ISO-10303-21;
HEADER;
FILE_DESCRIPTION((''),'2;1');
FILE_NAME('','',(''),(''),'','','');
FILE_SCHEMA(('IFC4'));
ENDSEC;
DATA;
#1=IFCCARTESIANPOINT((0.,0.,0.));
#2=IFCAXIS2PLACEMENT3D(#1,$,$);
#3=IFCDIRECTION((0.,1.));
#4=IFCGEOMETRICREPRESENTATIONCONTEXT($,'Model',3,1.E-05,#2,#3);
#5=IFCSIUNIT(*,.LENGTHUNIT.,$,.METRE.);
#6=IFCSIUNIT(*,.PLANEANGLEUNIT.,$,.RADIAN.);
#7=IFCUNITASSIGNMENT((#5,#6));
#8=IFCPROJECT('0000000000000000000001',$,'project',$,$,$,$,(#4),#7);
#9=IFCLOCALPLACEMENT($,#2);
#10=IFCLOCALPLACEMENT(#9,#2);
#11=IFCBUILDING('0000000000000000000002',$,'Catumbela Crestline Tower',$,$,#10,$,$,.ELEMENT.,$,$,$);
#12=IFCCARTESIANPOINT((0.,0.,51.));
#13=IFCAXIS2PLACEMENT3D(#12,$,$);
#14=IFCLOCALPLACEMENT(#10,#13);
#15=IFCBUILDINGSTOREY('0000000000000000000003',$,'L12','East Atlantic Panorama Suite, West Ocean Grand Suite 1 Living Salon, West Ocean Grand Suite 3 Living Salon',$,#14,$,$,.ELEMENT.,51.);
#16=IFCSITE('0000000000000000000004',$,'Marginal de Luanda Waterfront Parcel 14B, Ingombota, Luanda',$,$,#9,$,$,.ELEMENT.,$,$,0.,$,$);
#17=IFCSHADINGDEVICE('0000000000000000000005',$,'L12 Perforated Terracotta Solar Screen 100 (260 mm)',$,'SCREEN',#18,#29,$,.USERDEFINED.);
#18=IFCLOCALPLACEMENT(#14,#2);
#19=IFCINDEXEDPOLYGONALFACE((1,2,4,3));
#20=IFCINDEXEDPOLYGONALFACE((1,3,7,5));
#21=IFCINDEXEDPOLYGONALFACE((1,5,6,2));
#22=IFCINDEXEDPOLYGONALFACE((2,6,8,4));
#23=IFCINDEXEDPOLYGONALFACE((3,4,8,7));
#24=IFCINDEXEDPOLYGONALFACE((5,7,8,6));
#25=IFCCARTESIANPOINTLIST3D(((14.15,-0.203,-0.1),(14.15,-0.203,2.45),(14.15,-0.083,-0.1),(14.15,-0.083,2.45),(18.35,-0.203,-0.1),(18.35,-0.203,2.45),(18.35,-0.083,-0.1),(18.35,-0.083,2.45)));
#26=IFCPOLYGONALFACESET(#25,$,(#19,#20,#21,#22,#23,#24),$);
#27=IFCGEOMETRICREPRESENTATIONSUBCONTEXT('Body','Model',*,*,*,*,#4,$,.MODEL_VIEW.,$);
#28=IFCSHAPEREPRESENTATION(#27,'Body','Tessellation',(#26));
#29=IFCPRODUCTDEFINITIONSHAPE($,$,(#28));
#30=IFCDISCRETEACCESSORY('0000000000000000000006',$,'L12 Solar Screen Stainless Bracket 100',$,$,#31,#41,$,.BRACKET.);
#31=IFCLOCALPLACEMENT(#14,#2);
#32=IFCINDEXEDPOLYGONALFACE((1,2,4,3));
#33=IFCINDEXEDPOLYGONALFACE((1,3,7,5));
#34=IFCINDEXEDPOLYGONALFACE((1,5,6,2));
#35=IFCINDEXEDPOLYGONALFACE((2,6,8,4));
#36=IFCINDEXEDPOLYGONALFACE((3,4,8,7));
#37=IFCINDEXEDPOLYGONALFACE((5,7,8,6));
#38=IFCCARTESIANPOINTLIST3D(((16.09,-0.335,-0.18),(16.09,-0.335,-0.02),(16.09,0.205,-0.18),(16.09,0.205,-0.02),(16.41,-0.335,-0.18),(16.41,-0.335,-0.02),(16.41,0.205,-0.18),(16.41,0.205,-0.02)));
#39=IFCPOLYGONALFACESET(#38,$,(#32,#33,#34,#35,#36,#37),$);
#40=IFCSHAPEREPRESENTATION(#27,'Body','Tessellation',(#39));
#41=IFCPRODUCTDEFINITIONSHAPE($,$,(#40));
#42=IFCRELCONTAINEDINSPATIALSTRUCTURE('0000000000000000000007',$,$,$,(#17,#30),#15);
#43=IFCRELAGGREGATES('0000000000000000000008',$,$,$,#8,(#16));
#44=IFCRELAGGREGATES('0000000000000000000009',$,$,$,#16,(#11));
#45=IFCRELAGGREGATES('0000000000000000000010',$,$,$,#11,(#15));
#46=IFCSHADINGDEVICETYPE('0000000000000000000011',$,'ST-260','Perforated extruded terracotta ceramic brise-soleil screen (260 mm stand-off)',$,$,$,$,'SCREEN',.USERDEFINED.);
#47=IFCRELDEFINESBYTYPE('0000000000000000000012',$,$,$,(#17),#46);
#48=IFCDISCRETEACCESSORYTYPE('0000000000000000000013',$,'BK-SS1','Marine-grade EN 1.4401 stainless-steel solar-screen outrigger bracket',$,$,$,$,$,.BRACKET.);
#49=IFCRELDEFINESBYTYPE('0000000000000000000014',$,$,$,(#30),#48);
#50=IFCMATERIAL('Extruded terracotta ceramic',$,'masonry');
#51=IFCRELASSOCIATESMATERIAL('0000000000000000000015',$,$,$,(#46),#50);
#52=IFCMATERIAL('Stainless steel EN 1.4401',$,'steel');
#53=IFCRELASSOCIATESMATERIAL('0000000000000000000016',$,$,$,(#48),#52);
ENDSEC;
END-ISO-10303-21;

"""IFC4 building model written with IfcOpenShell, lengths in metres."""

from ifc_helpers import new_model, si_unit, direction, frame, origin, origin_2d, place, context, subcontext, project, spatial, rectangle, extrude, material, type_object, element, save


model = new_model("IFC4")

# Units and contexts
model_context = context("Model", 3, precision=1e-05, world=origin(), true_north=direction((0.0, 1.0)))
body_context = subcontext(model_context, "Body", "Model", "MODEL_VIEW")
ifc_project = project(units=[si_unit("LENGTHUNIT", "METRE"), si_unit("PLANEANGLEUNIT", "RADIAN")], contexts=[model_context])

# Site, building, storey
site_placement = place(None, origin())
site = spatial("IfcSite", under=ifc_project, at=site_placement, Name="Marginal de Luanda Waterfront Parcel 14B, Ingombota, Luanda", CompositionType="ELEMENT", RefElevation=0.0)
building_placement = place(site_placement, origin())
building = spatial("IfcBuilding", under=site, at=building_placement, Name="Catumbela Crestline Tower", CompositionType="ELEMENT")
storey_placement = place(building_placement, frame((0.0, 0.0, 51.0)))
storey = spatial("IfcBuildingStorey", under=building, at=storey_placement, Name="L12", Description="East Atlantic Panorama Suite, West Ocean Grand Suite 1 Living Salon, West Ocean Grand Suite 3 Living Salon", CompositionType="ELEMENT", Elevation=51.0)

# Shading device
ifc_material_1 = material(Name="Extruded terracotta ceramic", Category="masonry")
shading_device_type = type_object("IfcShadingDeviceType", Name="ST-260", Description="Perforated extruded terracotta ceramic brise-soleil screen (260 mm stand-off)", ElementType="SCREEN", PredefinedType="USERDEFINED", material=ifc_material_1)
shading_device_placement = place(storey_placement, frame((16.25, -0.143, -0.1), z_axis=(0.0, 0.0, 1.0), x_axis=(1.0, 0.0, 0.0)))
element("IfcShadingDevice", 1, at=shading_device_placement, inside=storey, type_object=shading_device_type, Name="L12 Perforated Terracotta Solar Screen 100 (260 mm)", ObjectType="SCREEN", PredefinedType="USERDEFINED", context=body_context, shape_type="SweptSolid", body=[
    extrude(rectangle(XDim=4.2, YDim=0.12, at=origin_2d()), origin(), (0.0, 0.0, 1.0), 2.55),
])

# Discrete accessory
ifc_material_2 = material(Name="Stainless steel EN 1.4401", Category="steel")
discrete_accessory_type = type_object("IfcDiscreteAccessoryType", Name="BK-SS1", Description="Marine-grade EN 1.4401 stainless-steel solar-screen outrigger bracket", PredefinedType="BRACKET", material=ifc_material_2)
discrete_accessory_placement = place(storey_placement, frame((16.25, -0.065, -0.18), z_axis=(0.0, 0.0, 1.0), x_axis=(1.0, 0.0, 0.0)))
element("IfcDiscreteAccessory", 2, at=discrete_accessory_placement, inside=storey, type_object=discrete_accessory_type, Name="L12 Solar Screen Stainless Bracket 100", PredefinedType="BRACKET", context=body_context, shape_type="SweptSolid", body=[
    extrude(rectangle(XDim=0.32, YDim=0.54, at=origin_2d()), origin(), (0.0, 0.0, 1.0), 0.16),
])

save(model, "model.ifc")
